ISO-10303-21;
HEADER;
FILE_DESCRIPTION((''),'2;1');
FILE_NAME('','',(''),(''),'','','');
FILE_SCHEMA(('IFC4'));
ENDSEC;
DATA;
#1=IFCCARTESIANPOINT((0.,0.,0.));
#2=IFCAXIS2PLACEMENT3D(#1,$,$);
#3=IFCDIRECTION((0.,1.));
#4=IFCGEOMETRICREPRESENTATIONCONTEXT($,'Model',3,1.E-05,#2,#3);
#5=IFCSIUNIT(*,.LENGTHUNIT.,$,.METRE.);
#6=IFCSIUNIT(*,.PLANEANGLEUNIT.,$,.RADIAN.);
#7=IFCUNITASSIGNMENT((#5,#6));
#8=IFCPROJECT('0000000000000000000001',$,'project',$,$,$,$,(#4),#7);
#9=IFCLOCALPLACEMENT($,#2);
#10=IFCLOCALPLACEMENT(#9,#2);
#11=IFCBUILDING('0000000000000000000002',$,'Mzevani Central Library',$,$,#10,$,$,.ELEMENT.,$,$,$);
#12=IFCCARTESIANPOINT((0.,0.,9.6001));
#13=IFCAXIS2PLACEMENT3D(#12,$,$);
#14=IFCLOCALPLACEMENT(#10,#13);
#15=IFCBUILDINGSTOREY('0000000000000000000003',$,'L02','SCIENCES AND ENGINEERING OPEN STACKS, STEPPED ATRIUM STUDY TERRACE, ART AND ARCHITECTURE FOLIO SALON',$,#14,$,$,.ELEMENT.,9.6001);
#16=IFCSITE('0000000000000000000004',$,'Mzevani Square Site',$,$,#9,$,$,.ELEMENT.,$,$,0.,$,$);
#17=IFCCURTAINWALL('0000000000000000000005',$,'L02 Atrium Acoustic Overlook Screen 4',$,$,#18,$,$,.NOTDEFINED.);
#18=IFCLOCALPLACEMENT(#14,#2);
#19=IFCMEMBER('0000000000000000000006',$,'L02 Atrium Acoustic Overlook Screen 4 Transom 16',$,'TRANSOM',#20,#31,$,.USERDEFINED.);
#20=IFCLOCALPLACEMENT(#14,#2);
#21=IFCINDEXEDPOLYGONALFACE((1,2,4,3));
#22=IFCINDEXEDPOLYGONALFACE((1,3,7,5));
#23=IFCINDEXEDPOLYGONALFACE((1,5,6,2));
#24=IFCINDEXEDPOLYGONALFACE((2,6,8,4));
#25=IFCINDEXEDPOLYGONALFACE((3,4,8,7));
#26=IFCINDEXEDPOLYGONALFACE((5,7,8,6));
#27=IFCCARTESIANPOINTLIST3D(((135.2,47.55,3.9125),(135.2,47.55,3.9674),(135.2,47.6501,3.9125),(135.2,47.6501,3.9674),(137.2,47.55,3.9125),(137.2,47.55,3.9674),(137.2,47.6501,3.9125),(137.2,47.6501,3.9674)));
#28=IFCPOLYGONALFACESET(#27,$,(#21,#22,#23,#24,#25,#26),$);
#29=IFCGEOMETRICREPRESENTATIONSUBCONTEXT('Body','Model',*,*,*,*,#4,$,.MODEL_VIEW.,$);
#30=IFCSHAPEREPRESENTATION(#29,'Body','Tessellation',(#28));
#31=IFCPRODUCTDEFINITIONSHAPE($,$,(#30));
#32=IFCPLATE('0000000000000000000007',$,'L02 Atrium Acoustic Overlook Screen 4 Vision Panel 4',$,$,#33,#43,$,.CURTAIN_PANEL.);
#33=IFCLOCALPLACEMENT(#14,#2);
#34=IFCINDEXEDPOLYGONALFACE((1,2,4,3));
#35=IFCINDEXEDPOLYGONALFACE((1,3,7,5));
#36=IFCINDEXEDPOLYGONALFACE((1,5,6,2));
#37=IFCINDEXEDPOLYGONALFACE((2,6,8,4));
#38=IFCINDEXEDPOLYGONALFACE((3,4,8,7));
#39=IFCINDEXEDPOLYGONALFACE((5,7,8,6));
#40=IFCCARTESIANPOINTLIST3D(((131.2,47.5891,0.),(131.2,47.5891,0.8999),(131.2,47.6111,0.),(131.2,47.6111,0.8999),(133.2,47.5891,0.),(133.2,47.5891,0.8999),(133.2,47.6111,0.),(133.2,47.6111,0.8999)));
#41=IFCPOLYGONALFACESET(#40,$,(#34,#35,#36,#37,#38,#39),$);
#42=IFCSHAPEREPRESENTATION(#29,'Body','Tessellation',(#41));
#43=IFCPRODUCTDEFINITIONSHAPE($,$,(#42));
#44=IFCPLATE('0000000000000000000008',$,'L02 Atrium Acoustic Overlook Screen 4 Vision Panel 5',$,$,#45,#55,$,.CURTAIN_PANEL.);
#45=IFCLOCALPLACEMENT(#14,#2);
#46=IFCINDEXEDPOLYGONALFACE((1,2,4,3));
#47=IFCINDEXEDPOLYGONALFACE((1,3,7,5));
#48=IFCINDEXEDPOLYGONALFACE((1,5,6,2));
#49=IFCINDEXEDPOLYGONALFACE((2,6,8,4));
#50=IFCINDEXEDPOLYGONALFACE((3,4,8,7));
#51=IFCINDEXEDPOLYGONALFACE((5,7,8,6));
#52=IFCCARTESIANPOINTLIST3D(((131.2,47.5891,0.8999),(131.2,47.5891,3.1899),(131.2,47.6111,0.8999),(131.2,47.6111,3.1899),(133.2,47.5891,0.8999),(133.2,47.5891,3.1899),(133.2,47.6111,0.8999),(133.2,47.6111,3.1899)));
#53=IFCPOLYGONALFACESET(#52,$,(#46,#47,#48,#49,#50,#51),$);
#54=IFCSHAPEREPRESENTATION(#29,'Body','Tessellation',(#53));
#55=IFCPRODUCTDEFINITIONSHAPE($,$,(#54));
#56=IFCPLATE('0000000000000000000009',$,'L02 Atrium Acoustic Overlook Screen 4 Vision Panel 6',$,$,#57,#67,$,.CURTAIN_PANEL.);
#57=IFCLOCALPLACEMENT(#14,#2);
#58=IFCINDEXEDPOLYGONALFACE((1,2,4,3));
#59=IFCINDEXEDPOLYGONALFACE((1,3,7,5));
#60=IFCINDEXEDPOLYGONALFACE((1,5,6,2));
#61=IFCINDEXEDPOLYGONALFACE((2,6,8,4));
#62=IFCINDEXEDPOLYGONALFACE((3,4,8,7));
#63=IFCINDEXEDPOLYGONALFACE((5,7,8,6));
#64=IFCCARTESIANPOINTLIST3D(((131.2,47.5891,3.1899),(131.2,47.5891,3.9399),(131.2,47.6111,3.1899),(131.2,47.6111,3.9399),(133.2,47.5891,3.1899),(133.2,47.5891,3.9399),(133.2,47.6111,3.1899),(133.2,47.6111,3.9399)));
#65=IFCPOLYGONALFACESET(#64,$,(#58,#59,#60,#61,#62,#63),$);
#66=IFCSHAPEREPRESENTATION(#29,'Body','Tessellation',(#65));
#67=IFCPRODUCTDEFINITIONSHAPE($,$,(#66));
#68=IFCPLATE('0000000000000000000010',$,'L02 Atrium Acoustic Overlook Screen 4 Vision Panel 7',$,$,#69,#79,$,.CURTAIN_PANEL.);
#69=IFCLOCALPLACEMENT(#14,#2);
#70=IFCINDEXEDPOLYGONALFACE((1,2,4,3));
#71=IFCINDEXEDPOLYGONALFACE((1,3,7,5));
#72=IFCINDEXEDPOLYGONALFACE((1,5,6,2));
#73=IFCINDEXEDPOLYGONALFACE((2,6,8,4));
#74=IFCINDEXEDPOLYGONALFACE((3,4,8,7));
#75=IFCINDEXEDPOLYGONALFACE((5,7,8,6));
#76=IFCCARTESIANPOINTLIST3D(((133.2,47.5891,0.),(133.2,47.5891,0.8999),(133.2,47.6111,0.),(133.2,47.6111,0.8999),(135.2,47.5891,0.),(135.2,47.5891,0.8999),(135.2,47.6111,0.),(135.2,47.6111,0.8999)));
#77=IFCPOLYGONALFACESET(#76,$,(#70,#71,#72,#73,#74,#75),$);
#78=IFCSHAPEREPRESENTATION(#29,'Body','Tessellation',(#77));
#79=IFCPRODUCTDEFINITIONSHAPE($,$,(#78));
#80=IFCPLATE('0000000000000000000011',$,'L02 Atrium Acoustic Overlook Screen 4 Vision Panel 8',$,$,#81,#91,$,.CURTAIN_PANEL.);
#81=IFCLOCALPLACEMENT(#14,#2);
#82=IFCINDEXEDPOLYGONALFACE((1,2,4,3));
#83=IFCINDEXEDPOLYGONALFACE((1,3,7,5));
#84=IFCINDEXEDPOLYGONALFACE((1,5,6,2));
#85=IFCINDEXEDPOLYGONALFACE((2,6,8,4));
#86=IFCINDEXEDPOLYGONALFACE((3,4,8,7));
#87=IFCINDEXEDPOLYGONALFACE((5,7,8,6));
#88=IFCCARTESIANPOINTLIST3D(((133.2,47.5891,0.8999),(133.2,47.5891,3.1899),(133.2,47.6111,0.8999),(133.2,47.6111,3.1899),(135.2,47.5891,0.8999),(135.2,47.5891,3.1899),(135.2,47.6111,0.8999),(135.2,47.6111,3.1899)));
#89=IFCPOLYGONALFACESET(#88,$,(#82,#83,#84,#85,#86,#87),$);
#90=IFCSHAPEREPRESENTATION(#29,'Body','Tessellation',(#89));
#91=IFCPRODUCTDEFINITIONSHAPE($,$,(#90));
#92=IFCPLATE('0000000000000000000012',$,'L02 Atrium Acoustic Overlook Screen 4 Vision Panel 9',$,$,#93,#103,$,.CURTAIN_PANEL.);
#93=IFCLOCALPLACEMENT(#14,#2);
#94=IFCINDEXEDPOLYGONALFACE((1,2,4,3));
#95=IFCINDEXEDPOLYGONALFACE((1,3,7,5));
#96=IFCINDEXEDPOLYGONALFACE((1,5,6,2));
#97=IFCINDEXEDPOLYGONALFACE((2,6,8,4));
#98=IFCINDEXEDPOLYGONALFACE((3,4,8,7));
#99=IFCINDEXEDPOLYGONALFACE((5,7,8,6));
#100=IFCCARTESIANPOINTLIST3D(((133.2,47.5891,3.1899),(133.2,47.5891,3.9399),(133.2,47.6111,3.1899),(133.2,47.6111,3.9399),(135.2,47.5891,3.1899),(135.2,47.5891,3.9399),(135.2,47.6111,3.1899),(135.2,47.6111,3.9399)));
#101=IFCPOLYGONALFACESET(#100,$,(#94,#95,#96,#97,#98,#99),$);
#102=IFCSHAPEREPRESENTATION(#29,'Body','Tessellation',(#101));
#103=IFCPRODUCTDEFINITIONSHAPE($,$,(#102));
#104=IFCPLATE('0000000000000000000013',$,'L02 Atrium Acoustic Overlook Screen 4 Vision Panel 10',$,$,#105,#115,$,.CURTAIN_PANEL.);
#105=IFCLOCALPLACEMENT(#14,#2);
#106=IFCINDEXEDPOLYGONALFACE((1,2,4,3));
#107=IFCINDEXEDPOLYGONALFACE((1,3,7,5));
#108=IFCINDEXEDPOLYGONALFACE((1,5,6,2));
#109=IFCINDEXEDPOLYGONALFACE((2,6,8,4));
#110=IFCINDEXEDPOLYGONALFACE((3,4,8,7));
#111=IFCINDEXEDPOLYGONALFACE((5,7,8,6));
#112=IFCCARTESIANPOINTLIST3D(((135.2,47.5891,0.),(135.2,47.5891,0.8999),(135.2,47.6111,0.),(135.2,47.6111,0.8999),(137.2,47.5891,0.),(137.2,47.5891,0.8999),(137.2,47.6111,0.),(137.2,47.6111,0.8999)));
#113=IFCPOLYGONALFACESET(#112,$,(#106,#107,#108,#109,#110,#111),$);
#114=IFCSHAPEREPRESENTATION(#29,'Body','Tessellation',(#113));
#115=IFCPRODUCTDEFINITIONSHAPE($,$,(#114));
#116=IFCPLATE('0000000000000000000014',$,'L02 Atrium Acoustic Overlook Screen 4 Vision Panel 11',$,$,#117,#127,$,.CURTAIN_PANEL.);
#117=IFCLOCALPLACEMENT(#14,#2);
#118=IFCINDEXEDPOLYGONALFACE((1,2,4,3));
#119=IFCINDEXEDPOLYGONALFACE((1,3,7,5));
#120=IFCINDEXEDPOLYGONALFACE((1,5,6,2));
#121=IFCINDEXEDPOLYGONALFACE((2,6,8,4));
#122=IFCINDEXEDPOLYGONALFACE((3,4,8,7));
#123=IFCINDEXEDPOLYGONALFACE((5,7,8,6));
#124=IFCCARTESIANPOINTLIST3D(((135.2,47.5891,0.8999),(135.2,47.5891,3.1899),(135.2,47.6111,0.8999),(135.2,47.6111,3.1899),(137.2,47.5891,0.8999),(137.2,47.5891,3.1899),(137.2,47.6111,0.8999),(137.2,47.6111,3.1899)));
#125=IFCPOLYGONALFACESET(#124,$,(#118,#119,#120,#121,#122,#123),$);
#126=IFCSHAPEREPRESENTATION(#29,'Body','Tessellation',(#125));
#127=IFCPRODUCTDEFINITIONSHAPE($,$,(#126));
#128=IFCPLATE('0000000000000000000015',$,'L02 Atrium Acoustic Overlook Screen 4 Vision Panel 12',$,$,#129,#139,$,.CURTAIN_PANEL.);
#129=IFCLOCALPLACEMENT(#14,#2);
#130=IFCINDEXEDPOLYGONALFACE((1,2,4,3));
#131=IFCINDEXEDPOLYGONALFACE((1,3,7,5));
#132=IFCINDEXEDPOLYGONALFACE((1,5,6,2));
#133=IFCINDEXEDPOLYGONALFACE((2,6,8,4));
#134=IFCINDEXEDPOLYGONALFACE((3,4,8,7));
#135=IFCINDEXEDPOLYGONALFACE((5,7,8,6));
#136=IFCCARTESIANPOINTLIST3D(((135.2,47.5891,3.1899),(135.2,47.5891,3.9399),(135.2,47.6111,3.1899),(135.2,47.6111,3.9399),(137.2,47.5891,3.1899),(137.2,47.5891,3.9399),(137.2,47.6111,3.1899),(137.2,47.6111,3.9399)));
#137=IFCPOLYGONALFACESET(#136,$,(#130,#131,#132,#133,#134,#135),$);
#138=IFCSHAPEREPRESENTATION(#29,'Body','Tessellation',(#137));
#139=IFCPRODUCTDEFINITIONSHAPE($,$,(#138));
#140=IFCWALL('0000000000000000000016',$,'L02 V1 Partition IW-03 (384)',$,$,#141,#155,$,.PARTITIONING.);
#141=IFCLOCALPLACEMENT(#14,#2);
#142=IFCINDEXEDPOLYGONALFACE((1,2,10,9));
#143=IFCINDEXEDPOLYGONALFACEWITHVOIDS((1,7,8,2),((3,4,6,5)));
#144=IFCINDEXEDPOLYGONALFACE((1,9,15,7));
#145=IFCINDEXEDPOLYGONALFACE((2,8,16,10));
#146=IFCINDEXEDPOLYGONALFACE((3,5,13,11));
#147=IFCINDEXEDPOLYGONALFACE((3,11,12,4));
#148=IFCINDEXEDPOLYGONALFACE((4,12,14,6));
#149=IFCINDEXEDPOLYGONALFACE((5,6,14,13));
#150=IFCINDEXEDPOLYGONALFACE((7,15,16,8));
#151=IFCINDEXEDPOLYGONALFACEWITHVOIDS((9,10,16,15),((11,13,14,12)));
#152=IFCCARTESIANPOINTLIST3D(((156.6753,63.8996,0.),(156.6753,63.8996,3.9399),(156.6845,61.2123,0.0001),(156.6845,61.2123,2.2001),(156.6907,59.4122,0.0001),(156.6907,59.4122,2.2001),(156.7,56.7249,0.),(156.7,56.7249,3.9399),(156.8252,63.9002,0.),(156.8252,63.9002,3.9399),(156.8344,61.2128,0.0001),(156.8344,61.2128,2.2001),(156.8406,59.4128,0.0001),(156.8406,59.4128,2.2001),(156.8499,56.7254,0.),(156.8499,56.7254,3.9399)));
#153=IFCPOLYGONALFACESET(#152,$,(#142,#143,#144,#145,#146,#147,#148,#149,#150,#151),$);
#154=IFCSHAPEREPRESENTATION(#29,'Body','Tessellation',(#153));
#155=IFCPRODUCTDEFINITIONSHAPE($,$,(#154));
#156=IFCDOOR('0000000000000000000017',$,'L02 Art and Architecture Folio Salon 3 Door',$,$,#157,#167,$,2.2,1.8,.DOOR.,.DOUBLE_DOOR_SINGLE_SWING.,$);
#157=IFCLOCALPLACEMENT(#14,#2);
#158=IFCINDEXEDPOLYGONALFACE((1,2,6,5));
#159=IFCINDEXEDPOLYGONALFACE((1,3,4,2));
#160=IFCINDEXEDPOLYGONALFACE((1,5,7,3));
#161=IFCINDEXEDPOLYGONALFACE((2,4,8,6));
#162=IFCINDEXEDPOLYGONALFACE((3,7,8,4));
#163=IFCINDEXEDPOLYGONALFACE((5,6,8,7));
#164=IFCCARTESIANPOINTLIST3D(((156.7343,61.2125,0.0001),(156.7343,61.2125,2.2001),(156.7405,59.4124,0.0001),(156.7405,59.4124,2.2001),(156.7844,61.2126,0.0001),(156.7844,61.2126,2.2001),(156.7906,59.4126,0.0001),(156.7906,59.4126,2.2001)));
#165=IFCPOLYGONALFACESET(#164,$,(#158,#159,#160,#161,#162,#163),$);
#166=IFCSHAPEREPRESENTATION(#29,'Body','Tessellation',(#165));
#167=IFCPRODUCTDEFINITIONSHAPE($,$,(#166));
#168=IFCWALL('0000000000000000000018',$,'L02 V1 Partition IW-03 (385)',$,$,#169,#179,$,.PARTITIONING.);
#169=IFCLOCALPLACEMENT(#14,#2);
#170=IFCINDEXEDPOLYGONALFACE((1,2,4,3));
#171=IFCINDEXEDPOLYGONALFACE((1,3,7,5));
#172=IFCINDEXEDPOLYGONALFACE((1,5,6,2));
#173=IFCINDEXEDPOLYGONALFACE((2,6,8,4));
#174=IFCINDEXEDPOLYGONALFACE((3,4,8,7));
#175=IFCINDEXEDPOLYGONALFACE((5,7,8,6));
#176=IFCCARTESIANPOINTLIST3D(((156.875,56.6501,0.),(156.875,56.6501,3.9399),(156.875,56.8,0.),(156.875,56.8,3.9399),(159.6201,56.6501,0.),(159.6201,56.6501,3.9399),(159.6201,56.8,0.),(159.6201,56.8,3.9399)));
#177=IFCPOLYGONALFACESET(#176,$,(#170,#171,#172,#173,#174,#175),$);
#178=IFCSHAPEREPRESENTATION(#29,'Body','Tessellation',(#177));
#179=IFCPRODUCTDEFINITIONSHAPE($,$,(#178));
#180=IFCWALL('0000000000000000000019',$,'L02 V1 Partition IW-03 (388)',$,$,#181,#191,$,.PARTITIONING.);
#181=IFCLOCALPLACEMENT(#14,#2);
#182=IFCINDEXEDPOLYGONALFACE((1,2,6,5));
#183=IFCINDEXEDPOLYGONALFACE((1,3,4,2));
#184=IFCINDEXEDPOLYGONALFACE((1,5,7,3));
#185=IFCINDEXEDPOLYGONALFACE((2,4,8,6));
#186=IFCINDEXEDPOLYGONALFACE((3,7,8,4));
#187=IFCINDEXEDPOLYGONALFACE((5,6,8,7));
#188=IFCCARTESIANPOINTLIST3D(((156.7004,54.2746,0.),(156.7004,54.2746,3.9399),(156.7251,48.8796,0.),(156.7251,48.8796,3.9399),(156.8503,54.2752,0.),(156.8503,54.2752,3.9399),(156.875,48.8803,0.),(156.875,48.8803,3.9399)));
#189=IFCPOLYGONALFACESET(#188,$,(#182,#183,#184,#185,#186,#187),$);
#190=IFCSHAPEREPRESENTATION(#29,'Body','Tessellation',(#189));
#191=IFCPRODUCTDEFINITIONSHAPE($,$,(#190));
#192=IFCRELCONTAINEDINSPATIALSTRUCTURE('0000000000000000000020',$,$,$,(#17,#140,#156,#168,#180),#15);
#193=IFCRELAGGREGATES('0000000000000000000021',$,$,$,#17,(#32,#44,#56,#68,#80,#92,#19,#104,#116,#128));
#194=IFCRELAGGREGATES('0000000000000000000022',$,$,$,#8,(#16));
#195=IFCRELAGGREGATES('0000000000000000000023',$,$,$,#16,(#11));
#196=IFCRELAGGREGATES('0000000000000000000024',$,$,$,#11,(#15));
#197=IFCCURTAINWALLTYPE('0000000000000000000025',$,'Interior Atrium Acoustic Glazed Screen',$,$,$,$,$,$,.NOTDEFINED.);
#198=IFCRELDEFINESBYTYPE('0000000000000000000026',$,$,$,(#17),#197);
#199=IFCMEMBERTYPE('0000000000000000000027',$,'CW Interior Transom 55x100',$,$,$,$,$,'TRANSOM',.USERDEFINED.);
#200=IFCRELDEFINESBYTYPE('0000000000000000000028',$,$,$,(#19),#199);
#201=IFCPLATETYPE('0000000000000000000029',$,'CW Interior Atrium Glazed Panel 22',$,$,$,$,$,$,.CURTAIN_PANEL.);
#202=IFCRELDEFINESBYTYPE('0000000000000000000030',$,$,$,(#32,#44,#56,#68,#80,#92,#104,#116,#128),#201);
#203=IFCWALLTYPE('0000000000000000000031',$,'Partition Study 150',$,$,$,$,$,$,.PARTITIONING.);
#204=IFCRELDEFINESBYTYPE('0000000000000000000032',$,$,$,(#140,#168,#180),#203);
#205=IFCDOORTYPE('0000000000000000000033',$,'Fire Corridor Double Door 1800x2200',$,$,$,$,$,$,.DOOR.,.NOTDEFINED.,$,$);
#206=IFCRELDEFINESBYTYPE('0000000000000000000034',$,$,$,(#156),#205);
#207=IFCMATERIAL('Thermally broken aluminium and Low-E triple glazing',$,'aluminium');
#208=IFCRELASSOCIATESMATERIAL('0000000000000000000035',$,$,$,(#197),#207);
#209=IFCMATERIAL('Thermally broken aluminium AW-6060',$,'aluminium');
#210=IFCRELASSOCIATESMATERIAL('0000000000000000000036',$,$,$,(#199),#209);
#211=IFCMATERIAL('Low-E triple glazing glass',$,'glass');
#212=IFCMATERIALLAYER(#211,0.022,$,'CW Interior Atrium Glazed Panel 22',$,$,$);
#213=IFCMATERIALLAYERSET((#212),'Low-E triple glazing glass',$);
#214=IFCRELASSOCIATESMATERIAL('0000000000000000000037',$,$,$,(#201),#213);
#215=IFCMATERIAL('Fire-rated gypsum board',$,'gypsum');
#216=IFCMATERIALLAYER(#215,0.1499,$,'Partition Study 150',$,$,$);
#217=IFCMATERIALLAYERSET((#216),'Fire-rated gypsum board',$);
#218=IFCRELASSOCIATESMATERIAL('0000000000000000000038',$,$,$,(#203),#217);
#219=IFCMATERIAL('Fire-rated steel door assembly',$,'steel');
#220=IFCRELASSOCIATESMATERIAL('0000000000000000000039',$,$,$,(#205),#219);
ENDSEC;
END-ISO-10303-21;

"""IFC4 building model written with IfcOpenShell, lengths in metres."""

from ifc_helpers import new_model, si_unit, direction, frame, frame_2d, origin, origin_2d, place, context, subcontext, project, spatial, rectangle, extrude, material, layer, layer_set, material_profile, profile_set, type_object, element, fill, aggregate, save


model = new_model("IFC4")

# Units and contexts
model_context = context("Model", 3, precision=1e-05, world=origin(), true_north=direction((0.0, 1.0)))
body_context = subcontext(model_context, "Body", "Model", "MODEL_VIEW")
ifc_project = project(units=[si_unit("LENGTHUNIT", "METRE"), si_unit("PLANEANGLEUNIT", "RADIAN")], contexts=[model_context])

# Site, building, storey
site_placement = place(None, origin())
site = spatial("IfcSite", under=ifc_project, at=site_placement, Name="Mzevani Square Site", CompositionType="ELEMENT", RefElevation=0.0)
building_placement = place(site_placement, origin())
building = spatial("IfcBuilding", under=site, at=building_placement, Name="Mzevani Central Library", CompositionType="ELEMENT")
storey_placement = place(building_placement, frame((0.0, 0.0, 9.6001)))
storey = spatial("IfcBuildingStorey", under=building, at=storey_placement, Name="L02", Description="SCIENCES AND ENGINEERING OPEN STACKS, STEPPED ATRIUM STUDY TERRACE, ART AND ARCHITECTURE FOLIO SALON", CompositionType="ELEMENT", Elevation=9.6001)

# Curtain wall, member, plates
ifc_material_1 = material(Name="Thermally broken aluminium and Low-E triple glazing", Category="aluminium")
curtain_wall_type = type_object("IfcCurtainWallType", Name="Interior Atrium Acoustic Glazed Screen", PredefinedType="NOTDEFINED", material=ifc_material_1)
curtain_wall_placement = place(storey_placement, origin())
curtain_wall = element("IfcCurtainWall", 1, at=curtain_wall_placement, inside=storey, type_object=curtain_wall_type, Name="L02 Atrium Acoustic Overlook Screen 4", PredefinedType="NOTDEFINED")
ifc_material_2 = material(Name="Thermally broken aluminium AW-6060", Category="aluminium")
ifc_material_profile_1 = material_profile(ifc_material_2, rectangle(XDim=0.1001, YDim=0.0549, at=origin_2d()), Name="ALU T55x100")
ifc_profile_set_1 = profile_set([ifc_material_profile_1], Name="Thermally broken aluminium AW-6060")
member_type_1 = type_object("IfcMemberType", Name="CW Interior Transom 55x100", ElementType="TRANSOM", PredefinedType="USERDEFINED", material=ifc_profile_set_1)
member_1_placement = place(storey_placement, frame((135.2, 47.6001, 3.9399), z_axis=(1.0, 0.0, 0.0), x_axis=(0.0, 1.0, 0.0)))
member_1 = element("IfcMember", 2, at=member_1_placement, type_object=member_type_1, Name="L02 Atrium Acoustic Overlook Screen 4 Transom 16", ObjectType="TRANSOM", PredefinedType="USERDEFINED", context=body_context, shape_type="SweptSolid", body=[
    extrude(rectangle(XDim=0.1001, YDim=0.0549, at=origin_2d()), origin(), (0.0, 0.0, 1.0), 2.0),
])
ifc_material_3 = material(Name="Low-E triple glazing glass", Category="glass")
ifc_layer_1 = layer(ifc_material_3, 0.022, Name="CW Interior Atrium Glazed Panel 22")
ifc_layer_set_1 = layer_set([ifc_layer_1], Name="Low-E triple glazing glass")
plate_type = type_object("IfcPlateType", Name="CW Interior Atrium Glazed Panel 22", PredefinedType="CURTAIN_PANEL", material=ifc_layer_set_1)
plate_1_placement = place(storey_placement, frame((132.2, 47.6001, 0.0), z_axis=(0.0, 0.0, 1.0), x_axis=(1.0, 0.0, 0.0)))
plate_1 = element("IfcPlate", 3, at=plate_1_placement, type_object=plate_type, Name="L02 Atrium Acoustic Overlook Screen 4 Vision Panel 4", PredefinedType="CURTAIN_PANEL", context=body_context, shape_type="SweptSolid", body=[
    extrude(rectangle(XDim=2.0, YDim=0.022, at=origin_2d()), origin(), (0.0, 0.0, 1.0), 0.8999),
])
plate_2_placement = place(storey_placement, frame((132.2, 47.6001, 0.8999), z_axis=(0.0, 0.0, 1.0), x_axis=(1.0, 0.0, 0.0)))
plate_2 = element("IfcPlate", 4, at=plate_2_placement, type_object=plate_type, Name="L02 Atrium Acoustic Overlook Screen 4 Vision Panel 5", PredefinedType="CURTAIN_PANEL", context=body_context, shape_type="SweptSolid", body=[
    extrude(rectangle(XDim=2.0, YDim=0.022, at=origin_2d()), origin(), (0.0, 0.0, 1.0), 2.29),
])
plate_3_placement = place(storey_placement, frame((132.2, 47.6001, 3.1899), z_axis=(0.0, 0.0, 1.0), x_axis=(1.0, 0.0, 0.0)))
plate_3 = element("IfcPlate", 5, at=plate_3_placement, type_object=plate_type, Name="L02 Atrium Acoustic Overlook Screen 4 Vision Panel 6", PredefinedType="CURTAIN_PANEL", context=body_context, shape_type="SweptSolid", body=[
    extrude(rectangle(XDim=2.0, YDim=0.022, at=origin_2d()), origin(), (0.0, 0.0, 1.0), 0.75),
])
plate_4_placement = place(storey_placement, frame((134.2, 47.6001, 0.0), z_axis=(0.0, 0.0, 1.0), x_axis=(1.0, 0.0, 0.0)))
plate_4 = element("IfcPlate", 6, at=plate_4_placement, type_object=plate_type, Name="L02 Atrium Acoustic Overlook Screen 4 Vision Panel 7", PredefinedType="CURTAIN_PANEL", context=body_context, shape_type="SweptSolid", body=[
    extrude(rectangle(XDim=2.0, YDim=0.022, at=origin_2d()), origin(), (0.0, 0.0, 1.0), 0.8999),
])
plate_5_placement = place(storey_placement, frame((134.2, 47.6001, 0.8999), z_axis=(0.0, 0.0, 1.0), x_axis=(1.0, 0.0, 0.0)))
plate_5 = element("IfcPlate", 7, at=plate_5_placement, type_object=plate_type, Name="L02 Atrium Acoustic Overlook Screen 4 Vision Panel 8", PredefinedType="CURTAIN_PANEL", context=body_context, shape_type="SweptSolid", body=[
    extrude(rectangle(XDim=2.0, YDim=0.022, at=origin_2d()), origin(), (0.0, 0.0, 1.0), 2.29),
])
plate_6_placement = place(storey_placement, frame((134.2, 47.6001, 3.1899), z_axis=(0.0, 0.0, 1.0), x_axis=(1.0, 0.0, 0.0)))
plate_6 = element("IfcPlate", 8, at=plate_6_placement, type_object=plate_type, Name="L02 Atrium Acoustic Overlook Screen 4 Vision Panel 9", PredefinedType="CURTAIN_PANEL", context=body_context, shape_type="SweptSolid", body=[
    extrude(rectangle(XDim=2.0, YDim=0.022, at=origin_2d()), origin(), (0.0, 0.0, 1.0), 0.75),
])
plate_7_placement = place(storey_placement, frame((136.2, 47.6001, 0.0), z_axis=(0.0, 0.0, 1.0), x_axis=(1.0, 0.0, 0.0)))
plate_7 = element("IfcPlate", 9, at=plate_7_placement, type_object=plate_type, Name="L02 Atrium Acoustic Overlook Screen 4 Vision Panel 10", PredefinedType="CURTAIN_PANEL", context=body_context, shape_type="SweptSolid", body=[
    extrude(rectangle(XDim=2.0, YDim=0.022, at=origin_2d()), origin(), (0.0, 0.0, 1.0), 0.8999),
])
plate_8_placement = place(storey_placement, frame((136.2, 47.6001, 0.8999), z_axis=(0.0, 0.0, 1.0), x_axis=(1.0, 0.0, 0.0)))
plate_8 = element("IfcPlate", 10, at=plate_8_placement, type_object=plate_type, Name="L02 Atrium Acoustic Overlook Screen 4 Vision Panel 11", PredefinedType="CURTAIN_PANEL", context=body_context, shape_type="SweptSolid", body=[
    extrude(rectangle(XDim=2.0, YDim=0.022, at=origin_2d()), origin(), (0.0, 0.0, 1.0), 2.29),
])
plate_9_placement = place(storey_placement, frame((136.2, 47.6001, 3.1899), z_axis=(0.0, 0.0, 1.0), x_axis=(1.0, 0.0, 0.0)))
plate_9 = element("IfcPlate", 11, at=plate_9_placement, type_object=plate_type, Name="L02 Atrium Acoustic Overlook Screen 4 Vision Panel 12", PredefinedType="CURTAIN_PANEL", context=body_context, shape_type="SweptSolid", body=[
    extrude(rectangle(XDim=2.0, YDim=0.022, at=origin_2d()), origin(), (0.0, 0.0, 1.0), 0.75),
])
aggregate(curtain_wall, [plate_1, plate_2, plate_3, plate_4, plate_5, plate_6, member_1, plate_7, plate_8, plate_9])

# Wall, opening, door
ifc_material_4 = material(Name="Fire-rated gypsum board", Category="gypsum")
ifc_layer_2 = layer(ifc_material_4, 0.1499, Name="Partition Study 150")
ifc_layer_set_2 = layer_set([ifc_layer_2], Name="Fire-rated gypsum board")
wall_type = type_object("IfcWallType", Name="Partition Study 150", PredefinedType="PARTITIONING", material=ifc_layer_set_2)
wall_1_placement = place(storey_placement, frame((156.7502, 63.8999, 0.0), z_axis=(0.0, 0.0, 1.0), x_axis=(0.003437, -0.999994, 0.0)))
wall_1 = element("IfcWall", 12, at=wall_1_placement, inside=storey, type_object=wall_type, Name="L02 V1 Partition IW-03 (384)", PredefinedType="PARTITIONING", context=body_context, shape_type="SweptSolid", body=[
    extrude(rectangle(XDim=7.1748, YDim=0.1499, at=frame_2d((3.5874, 0.0))), origin(), (0.0, 0.0, 1.0), 3.9399),
])
opening_placement = place(wall_1_placement, frame((2.6875, 0.0, 0.0)))
opening = element("IfcOpeningElement", 13, at=opening_placement, cuts=wall_1, PredefinedType="OPENING", context=body_context, shape_type="SweptSolid", body=[
    extrude(rectangle(XDim=1.8, YDim=2.2, at=frame_2d((0.8999, 1.1001))), frame((0.0, 0.085, 0.0), z_axis=(0.0, -1.0, 0.0), x_axis=(1.0, 0.0, 0.0)), (0.0, 0.0, 1.0), 0.1699),
])
ifc_material_5 = material(Name="Fire-rated steel door assembly", Category="steel")
door_type = type_object("IfcDoorType", Name="Fire Corridor Double Door 1800x2200", OperationType="NOTDEFINED", PredefinedType="DOOR", material=ifc_material_5)
door_placement = place(opening_placement, origin())
door = element("IfcDoor", 14, at=door_placement, inside=storey, type_object=door_type, Name="L02 Art and Architecture Folio Salon 3 Door", OperationType="DOUBLE_DOOR_SINGLE_SWING", OverallHeight=2.2, OverallWidth=1.8, PredefinedType="DOOR", context=body_context, shape_type="SweptSolid", body=[
    extrude(rectangle(XDim=1.8, YDim=2.2, at=frame_2d((0.8999, 1.1001))), frame((0.0, 0.0249, 0.0), z_axis=(0.0, -1.0, 0.0), x_axis=(1.0, 0.0, 0.0)), (0.0, 0.0, 1.0), 0.05),
])
fill(opening, door)

# Walls
wall_2_placement = place(storey_placement, frame((156.875, 56.7251, 0.0), z_axis=(0.0, 0.0, 1.0), x_axis=(1.0, 0.0, 0.0)))
element("IfcWall", 15, at=wall_2_placement, inside=storey, type_object=wall_type, Name="L02 V1 Partition IW-03 (385)", PredefinedType="PARTITIONING", context=body_context, shape_type="SweptSolid", body=[
    extrude(rectangle(XDim=2.7451, YDim=0.1499, at=frame_2d((1.3726, 0.0))), origin(), (0.0, 0.0, 1.0), 3.9399),
])
wall_3_placement = place(storey_placement, frame((156.7754, 54.2749, 0.0), z_axis=(0.0, 0.0, 1.0), x_axis=(0.004571, -0.99999, 0.0)))
element("IfcWall", 16, at=wall_3_placement, inside=storey, type_object=wall_type, Name="L02 V1 Partition IW-03 (388)", PredefinedType="PARTITIONING", context=body_context, shape_type="SweptSolid", body=[
    extrude(rectangle(XDim=5.395, YDim=0.1499, at=frame_2d((2.6975, 0.0))), origin(), (0.0, 0.0, 1.0), 3.9399),
])

save(model, "model.ifc")
